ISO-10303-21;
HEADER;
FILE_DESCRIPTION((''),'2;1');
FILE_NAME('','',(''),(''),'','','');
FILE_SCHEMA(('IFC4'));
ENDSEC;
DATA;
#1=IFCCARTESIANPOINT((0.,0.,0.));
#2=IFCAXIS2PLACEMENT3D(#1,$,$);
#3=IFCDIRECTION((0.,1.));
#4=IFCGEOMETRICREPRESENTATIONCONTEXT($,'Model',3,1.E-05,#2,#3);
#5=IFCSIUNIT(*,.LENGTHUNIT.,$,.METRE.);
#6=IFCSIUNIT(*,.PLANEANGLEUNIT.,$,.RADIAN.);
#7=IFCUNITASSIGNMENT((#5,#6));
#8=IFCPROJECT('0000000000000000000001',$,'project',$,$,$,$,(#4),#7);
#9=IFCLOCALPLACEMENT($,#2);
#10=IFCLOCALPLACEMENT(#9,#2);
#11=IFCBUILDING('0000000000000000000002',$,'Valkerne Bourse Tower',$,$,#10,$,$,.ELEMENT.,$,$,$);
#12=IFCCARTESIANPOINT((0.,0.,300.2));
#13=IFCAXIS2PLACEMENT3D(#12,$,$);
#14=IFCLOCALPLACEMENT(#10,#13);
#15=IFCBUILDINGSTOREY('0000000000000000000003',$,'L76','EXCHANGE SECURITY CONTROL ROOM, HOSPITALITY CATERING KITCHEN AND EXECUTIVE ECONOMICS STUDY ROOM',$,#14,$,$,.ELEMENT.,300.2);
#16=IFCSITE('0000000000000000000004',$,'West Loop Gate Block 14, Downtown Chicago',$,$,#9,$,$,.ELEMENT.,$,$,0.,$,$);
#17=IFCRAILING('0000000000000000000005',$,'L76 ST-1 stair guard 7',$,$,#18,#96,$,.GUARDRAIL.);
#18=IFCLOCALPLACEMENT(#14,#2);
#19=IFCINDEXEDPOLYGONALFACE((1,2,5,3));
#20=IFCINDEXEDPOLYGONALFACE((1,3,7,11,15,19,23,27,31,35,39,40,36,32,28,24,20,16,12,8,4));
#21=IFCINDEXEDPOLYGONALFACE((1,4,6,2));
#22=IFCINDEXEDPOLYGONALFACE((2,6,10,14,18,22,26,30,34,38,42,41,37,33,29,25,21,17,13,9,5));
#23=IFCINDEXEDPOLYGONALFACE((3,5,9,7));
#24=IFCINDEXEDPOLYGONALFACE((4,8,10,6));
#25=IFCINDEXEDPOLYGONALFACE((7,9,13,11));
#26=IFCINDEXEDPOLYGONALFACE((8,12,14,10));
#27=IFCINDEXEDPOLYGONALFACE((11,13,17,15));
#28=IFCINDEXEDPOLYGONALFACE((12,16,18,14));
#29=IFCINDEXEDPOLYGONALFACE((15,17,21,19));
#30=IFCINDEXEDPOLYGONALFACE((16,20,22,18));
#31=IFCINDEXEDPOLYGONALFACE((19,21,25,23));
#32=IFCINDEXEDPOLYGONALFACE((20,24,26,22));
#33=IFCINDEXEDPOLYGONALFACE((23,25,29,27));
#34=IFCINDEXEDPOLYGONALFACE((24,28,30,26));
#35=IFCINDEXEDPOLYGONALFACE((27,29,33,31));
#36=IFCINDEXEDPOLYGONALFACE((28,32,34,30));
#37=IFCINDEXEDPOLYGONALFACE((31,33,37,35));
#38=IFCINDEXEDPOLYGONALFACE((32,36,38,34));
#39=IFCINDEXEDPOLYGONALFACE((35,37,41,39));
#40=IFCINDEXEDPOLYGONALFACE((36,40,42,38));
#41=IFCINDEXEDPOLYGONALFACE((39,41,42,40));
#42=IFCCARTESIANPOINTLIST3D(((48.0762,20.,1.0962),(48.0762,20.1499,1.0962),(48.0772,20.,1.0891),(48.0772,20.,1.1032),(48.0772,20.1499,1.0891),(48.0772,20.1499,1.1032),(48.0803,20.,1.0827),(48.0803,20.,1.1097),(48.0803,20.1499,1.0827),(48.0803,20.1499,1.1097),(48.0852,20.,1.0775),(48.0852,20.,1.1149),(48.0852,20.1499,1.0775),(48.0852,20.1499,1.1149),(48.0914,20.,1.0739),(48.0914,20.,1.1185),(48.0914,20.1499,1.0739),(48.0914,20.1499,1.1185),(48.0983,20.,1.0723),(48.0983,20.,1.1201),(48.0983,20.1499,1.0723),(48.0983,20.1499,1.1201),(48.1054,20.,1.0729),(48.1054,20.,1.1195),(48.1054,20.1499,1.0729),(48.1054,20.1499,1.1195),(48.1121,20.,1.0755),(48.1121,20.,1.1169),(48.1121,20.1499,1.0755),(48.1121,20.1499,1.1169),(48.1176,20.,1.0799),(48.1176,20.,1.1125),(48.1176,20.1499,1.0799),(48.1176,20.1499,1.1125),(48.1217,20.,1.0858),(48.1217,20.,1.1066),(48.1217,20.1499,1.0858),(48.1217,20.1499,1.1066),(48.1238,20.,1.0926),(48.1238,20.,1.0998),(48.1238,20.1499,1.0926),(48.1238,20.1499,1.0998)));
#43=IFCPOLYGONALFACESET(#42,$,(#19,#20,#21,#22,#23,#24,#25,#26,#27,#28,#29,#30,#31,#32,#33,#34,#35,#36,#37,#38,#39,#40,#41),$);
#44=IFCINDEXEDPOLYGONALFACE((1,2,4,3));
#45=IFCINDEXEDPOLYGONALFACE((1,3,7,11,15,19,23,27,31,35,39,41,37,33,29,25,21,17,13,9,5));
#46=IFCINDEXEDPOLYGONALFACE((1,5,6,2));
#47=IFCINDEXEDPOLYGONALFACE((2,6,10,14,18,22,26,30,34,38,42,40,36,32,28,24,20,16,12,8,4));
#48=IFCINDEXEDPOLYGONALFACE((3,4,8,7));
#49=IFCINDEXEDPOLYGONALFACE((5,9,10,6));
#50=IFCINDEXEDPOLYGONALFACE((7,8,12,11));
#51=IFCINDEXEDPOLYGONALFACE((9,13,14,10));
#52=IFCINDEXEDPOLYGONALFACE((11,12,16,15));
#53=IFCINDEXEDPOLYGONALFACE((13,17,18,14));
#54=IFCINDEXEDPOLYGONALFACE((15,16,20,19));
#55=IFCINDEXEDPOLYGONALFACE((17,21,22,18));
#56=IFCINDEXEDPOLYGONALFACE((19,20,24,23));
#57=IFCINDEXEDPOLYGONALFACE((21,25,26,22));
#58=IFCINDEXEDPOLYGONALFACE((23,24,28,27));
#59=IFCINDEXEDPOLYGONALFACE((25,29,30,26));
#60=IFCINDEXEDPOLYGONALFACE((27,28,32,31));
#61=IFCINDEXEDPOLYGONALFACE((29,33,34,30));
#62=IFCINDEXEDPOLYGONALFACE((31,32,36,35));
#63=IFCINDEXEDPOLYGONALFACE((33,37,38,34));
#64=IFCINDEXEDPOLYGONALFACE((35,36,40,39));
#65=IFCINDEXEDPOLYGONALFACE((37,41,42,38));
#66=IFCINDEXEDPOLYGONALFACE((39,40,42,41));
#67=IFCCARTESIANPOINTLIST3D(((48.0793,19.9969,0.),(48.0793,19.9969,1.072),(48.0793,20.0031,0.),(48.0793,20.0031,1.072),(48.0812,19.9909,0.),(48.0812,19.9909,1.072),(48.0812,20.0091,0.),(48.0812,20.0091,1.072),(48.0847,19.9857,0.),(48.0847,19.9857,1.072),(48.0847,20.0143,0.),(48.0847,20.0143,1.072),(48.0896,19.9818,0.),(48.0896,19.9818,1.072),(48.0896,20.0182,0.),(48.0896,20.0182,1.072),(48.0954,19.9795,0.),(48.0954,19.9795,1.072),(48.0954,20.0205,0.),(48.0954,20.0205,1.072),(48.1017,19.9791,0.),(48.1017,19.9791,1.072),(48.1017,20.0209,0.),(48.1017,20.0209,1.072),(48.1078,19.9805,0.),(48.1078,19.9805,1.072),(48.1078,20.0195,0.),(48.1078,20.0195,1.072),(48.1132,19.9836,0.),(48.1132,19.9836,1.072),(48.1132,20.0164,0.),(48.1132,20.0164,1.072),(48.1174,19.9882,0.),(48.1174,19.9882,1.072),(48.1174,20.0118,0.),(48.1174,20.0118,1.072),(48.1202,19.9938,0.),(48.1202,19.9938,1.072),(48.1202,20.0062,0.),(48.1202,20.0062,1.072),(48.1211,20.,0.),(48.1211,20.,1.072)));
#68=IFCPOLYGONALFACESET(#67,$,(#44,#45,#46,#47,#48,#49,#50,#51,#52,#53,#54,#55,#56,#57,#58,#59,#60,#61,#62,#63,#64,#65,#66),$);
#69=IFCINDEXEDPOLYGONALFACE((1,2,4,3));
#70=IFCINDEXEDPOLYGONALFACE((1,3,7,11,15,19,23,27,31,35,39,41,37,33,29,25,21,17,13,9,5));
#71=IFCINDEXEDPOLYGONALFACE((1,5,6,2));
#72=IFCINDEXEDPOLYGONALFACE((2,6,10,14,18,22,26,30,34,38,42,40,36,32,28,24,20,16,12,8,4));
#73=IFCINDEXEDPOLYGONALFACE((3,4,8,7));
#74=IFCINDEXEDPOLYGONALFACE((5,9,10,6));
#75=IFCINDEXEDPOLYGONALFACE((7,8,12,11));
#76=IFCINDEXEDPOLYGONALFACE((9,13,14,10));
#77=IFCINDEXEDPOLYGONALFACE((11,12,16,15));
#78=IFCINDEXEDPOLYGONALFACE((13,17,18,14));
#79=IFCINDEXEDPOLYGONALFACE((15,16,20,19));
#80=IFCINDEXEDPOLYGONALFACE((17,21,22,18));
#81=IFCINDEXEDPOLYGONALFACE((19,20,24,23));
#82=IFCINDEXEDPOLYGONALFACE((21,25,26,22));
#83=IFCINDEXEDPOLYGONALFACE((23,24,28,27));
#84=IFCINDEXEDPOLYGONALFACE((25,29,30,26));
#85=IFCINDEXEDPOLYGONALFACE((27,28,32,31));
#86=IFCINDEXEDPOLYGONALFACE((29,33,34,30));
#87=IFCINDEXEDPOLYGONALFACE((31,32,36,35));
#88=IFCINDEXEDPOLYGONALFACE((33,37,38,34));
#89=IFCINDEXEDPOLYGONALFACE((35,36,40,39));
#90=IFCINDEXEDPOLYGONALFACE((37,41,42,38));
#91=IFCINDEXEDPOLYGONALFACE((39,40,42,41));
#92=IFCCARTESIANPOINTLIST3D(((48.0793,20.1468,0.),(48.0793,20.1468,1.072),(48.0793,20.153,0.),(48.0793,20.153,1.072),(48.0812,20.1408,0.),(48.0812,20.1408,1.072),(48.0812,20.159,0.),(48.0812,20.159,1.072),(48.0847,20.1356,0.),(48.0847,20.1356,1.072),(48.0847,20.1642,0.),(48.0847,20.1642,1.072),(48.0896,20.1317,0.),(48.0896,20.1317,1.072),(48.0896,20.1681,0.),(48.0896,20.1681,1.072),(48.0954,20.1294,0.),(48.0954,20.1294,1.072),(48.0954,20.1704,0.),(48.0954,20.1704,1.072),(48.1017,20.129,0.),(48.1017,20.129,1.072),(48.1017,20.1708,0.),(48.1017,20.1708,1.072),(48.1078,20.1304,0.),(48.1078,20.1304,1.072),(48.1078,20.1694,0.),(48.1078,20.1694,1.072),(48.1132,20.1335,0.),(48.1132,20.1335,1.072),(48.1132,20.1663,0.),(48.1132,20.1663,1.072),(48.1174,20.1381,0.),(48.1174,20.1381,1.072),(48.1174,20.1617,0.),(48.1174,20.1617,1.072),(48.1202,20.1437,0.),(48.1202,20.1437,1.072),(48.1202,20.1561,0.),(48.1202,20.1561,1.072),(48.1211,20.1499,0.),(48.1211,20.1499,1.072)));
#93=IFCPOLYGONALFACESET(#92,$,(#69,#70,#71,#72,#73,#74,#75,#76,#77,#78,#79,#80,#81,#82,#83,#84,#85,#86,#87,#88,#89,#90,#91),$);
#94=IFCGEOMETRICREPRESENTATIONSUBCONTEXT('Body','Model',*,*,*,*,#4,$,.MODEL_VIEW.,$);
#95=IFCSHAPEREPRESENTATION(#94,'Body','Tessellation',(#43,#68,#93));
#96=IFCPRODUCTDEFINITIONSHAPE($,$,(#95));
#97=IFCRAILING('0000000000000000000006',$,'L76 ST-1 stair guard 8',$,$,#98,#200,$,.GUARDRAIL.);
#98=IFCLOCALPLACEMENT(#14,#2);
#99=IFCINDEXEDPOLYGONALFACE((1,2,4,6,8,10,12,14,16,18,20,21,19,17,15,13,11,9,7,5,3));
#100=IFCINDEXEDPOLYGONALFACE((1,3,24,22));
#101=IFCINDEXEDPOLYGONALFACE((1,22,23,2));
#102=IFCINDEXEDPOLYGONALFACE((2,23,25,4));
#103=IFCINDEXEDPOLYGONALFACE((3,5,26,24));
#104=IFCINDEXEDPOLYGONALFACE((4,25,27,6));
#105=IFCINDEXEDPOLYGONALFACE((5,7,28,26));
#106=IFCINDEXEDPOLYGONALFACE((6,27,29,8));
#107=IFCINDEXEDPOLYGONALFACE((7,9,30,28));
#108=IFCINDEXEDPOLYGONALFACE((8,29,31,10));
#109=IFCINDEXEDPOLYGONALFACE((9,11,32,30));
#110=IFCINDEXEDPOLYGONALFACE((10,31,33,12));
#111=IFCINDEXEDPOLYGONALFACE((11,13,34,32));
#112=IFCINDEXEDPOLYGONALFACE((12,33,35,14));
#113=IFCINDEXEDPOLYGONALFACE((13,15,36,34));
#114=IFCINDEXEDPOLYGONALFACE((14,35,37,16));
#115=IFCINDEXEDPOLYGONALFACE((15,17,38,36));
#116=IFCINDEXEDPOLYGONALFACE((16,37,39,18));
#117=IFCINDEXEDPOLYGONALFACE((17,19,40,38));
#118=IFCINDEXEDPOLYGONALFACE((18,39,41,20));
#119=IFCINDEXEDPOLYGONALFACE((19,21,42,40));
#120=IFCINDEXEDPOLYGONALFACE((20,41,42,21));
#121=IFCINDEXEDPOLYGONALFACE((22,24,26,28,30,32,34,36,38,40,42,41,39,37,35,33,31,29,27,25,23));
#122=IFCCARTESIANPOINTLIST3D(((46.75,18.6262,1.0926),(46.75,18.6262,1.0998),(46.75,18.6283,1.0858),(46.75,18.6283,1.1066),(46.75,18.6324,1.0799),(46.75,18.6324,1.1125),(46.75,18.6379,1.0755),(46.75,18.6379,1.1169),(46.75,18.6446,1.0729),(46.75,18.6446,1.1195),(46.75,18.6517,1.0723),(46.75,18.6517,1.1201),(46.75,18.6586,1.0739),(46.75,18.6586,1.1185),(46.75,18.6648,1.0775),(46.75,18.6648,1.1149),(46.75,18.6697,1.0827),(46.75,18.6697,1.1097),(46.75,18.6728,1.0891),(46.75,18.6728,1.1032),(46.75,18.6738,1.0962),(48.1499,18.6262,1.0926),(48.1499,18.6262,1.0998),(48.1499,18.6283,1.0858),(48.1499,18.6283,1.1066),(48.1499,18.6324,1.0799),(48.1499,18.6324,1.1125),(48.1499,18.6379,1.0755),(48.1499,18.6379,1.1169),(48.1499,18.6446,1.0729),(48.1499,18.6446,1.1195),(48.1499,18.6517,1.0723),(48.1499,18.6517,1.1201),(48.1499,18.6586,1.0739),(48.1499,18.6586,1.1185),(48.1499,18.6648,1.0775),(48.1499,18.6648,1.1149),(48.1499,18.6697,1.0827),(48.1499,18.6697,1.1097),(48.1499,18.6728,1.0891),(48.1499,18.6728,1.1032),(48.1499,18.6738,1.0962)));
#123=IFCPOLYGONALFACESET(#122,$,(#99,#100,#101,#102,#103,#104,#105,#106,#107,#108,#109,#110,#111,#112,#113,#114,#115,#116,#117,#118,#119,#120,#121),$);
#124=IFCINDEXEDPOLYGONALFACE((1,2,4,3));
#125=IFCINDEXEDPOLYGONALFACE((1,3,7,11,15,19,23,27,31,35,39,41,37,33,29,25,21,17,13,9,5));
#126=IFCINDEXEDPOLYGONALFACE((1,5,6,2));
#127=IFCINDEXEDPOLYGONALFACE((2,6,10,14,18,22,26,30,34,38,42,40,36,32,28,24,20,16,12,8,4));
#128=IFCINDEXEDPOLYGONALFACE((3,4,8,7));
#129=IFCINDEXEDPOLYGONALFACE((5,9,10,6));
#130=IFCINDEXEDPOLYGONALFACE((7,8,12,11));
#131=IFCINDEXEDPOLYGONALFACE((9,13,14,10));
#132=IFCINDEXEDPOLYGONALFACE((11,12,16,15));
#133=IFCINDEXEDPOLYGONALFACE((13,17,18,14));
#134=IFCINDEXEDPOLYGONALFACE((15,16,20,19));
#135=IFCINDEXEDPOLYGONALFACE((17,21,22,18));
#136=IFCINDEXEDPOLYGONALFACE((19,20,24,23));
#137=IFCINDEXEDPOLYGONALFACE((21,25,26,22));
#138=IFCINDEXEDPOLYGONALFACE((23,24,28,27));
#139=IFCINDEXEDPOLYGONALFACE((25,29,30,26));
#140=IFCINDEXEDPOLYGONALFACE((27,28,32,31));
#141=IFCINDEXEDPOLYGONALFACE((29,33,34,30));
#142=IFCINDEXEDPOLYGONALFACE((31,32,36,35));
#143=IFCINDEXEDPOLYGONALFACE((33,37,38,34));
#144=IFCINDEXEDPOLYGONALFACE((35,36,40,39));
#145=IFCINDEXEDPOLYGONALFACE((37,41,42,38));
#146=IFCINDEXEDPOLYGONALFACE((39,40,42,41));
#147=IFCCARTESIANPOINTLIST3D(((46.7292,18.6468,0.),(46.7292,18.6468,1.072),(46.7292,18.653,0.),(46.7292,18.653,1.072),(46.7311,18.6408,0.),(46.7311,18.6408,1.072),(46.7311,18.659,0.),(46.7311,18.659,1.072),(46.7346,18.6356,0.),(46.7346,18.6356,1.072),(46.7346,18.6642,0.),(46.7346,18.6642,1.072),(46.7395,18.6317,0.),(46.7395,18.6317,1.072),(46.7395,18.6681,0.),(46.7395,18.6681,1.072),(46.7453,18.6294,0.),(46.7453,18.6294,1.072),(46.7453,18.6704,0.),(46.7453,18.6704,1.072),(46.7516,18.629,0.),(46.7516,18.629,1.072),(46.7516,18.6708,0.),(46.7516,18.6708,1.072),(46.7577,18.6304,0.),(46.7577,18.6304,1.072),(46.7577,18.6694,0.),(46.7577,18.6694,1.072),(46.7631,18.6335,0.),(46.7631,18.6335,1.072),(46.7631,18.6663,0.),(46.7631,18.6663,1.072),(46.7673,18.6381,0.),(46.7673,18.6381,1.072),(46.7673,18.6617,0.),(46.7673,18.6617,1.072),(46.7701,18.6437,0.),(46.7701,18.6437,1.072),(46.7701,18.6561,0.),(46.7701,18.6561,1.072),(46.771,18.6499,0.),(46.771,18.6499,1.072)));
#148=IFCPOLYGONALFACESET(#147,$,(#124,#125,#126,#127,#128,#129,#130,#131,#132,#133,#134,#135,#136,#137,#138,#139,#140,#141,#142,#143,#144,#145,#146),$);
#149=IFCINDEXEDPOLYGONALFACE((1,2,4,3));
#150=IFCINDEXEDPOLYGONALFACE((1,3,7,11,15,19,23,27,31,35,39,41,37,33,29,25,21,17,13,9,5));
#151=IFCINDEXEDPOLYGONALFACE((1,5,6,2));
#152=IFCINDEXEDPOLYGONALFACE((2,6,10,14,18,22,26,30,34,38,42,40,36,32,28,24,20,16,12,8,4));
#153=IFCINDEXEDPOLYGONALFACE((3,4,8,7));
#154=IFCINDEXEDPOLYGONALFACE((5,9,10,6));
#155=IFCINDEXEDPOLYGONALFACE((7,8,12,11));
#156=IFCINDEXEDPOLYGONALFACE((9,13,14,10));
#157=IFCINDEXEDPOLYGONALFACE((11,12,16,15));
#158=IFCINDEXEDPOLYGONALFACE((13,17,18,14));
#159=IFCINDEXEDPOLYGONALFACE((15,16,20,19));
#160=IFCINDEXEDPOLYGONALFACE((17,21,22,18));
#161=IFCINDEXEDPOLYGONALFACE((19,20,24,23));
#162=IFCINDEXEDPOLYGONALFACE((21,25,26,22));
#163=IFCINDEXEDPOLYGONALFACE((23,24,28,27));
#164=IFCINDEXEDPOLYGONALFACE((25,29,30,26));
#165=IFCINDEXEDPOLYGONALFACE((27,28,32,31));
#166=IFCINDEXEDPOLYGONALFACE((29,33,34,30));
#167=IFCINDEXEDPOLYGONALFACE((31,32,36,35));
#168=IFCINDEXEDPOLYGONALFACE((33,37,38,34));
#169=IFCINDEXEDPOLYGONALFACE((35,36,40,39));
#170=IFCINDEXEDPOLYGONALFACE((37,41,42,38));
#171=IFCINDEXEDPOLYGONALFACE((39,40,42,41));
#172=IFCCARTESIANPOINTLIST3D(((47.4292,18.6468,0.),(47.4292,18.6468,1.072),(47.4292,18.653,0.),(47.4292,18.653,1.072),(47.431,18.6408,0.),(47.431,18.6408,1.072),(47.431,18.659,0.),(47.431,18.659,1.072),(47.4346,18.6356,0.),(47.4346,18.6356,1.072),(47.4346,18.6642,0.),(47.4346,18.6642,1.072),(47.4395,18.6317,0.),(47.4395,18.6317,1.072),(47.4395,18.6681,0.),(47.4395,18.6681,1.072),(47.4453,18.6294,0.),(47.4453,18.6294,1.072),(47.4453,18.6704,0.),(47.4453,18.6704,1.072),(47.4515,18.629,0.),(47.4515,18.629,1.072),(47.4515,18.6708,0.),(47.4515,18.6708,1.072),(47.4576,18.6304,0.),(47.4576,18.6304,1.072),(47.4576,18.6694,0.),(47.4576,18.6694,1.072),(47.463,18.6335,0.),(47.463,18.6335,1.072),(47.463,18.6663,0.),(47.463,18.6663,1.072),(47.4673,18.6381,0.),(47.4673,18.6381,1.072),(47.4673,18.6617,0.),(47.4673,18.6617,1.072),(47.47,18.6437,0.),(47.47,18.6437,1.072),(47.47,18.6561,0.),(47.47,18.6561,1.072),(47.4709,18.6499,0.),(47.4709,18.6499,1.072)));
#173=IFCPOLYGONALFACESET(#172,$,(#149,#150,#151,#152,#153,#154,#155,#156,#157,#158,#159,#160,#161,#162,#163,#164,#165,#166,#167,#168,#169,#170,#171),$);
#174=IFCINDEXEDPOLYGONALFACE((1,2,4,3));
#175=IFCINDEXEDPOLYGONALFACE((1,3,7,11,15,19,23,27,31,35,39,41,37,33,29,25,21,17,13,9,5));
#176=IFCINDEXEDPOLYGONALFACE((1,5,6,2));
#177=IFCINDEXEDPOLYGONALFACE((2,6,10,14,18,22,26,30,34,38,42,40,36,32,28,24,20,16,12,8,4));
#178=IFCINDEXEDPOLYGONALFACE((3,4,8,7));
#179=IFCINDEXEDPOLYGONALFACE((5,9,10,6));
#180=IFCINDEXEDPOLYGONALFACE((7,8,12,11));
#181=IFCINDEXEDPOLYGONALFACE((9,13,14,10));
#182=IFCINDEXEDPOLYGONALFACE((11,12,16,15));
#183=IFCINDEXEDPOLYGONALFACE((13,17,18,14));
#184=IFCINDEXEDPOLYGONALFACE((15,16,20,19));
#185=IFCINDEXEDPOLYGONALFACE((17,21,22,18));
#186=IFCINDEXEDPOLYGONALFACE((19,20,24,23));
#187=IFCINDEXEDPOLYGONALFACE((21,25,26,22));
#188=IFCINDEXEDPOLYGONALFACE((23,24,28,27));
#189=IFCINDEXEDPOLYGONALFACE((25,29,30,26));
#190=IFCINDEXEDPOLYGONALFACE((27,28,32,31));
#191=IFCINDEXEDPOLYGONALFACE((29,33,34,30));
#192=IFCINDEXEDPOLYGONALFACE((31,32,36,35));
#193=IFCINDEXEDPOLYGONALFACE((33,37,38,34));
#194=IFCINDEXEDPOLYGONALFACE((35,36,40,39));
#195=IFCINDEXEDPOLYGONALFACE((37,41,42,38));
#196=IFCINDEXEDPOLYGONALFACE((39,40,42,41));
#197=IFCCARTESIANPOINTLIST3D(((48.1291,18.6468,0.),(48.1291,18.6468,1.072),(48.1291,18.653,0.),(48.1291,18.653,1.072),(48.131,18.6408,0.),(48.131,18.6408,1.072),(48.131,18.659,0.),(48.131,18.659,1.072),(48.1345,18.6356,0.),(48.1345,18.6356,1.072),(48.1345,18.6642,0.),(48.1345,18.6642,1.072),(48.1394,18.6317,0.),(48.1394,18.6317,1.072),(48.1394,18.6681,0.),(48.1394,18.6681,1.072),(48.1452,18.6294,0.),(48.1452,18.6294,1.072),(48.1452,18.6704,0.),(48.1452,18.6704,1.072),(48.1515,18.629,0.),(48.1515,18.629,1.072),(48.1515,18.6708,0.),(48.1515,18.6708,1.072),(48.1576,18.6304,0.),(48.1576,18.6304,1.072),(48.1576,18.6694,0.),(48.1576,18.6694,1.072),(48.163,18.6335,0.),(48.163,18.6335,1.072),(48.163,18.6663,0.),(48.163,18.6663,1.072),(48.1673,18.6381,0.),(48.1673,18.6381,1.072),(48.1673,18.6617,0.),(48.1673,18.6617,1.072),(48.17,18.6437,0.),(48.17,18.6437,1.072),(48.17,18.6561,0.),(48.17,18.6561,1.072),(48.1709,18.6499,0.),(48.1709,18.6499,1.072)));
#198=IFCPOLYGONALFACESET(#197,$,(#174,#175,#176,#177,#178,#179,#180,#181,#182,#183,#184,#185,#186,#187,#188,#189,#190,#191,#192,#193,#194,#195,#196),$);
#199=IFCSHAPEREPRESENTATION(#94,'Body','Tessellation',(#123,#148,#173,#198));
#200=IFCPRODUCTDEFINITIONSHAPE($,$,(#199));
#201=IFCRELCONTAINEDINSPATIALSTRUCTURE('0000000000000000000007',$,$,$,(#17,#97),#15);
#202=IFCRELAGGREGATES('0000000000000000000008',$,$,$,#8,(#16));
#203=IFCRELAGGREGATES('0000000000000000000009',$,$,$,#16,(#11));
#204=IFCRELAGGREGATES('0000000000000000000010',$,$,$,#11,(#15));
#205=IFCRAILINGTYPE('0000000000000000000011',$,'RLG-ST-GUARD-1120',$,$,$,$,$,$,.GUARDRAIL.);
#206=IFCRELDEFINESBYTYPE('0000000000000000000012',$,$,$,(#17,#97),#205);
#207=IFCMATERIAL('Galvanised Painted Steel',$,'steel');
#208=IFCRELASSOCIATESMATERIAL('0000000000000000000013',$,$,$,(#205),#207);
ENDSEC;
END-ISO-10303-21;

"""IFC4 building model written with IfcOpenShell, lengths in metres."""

from ifc_helpers import new_model, si_unit, direction, frame, origin, origin_2d, place, context, subcontext, project, spatial, circle, extrude, material, type_object, element, save


model = new_model("IFC4")

# Units and contexts
model_context = context("Model", 3, precision=1e-05, world=origin(), true_north=direction((0.0, 1.0)))
body_context = subcontext(model_context, "Body", "Model", "MODEL_VIEW")
ifc_project = project(units=[si_unit("LENGTHUNIT", "METRE"), si_unit("PLANEANGLEUNIT", "RADIAN")], contexts=[model_context])

# Site, building, storey
site_placement = place(None, origin())
site = spatial("IfcSite", under=ifc_project, at=site_placement, Name="West Loop Gate Block 14, Downtown Chicago", CompositionType="ELEMENT", RefElevation=0.0)
building_placement = place(site_placement, origin())
building = spatial("IfcBuilding", under=site, at=building_placement, Name="Valkerne Bourse Tower", CompositionType="ELEMENT")
storey_placement = place(building_placement, frame((0.0, 0.0, 300.2)))
storey = spatial("IfcBuildingStorey", under=building, at=storey_placement, Name="L76", Description="EXCHANGE SECURITY CONTROL ROOM, HOSPITALITY CATERING KITCHEN AND EXECUTIVE ECONOMICS STUDY ROOM", CompositionType="ELEMENT", Elevation=300.2)

# Shared definitions
ifc_material_1 = material(Name="Galvanised Painted Steel", Category="steel")

# Railings
railing_type_1 = type_object("IfcRailingType", Name="RLG-ST-GUARD-1120", PredefinedType="GUARDRAIL", material=ifc_material_1)
railing_1_placement = place(storey_placement, frame((48.1001, 20.0, 0.0)))
element("IfcRailing", 1, at=railing_1_placement, inside=storey, type_object=railing_type_1, Name="L76 ST-1 stair guard 7", PredefinedType="GUARDRAIL", context=body_context, shape_type="SweptSolid", body=[
    extrude(circle(Radius=0.0239, at=origin_2d()), frame((0.0, 0.0, 1.0962), z_axis=(0.0, 1.0, 0.0), x_axis=(-1.0, 0.0, 0.0)), (0.0, 0.0, 1.0), 0.1499),
    extrude(circle(Radius=0.021, at=origin_2d()), origin(), (0.0, 0.0, 1.0), 1.072),
    extrude(circle(Radius=0.021, at=origin_2d()), frame((0.0, 0.1499, 0.0)), (0.0, 0.0, 1.0), 1.072),
])
for number, where, name in (
    (2, (46.75, 18.6499, 0.0), "L76 ST-1 stair guard 8"),
):
    element("IfcRailing", number, at=place(storey_placement, frame(where)), inside=storey, type_object=railing_type_1, Name=name, PredefinedType="GUARDRAIL", context=body_context, shape_type="SweptSolid", body=[
        extrude(circle(Radius=0.0239, at=origin_2d()), frame((0.0, 0.0, 1.0962), z_axis=(1.0, 0.0, 0.0), x_axis=(0.0, 1.0, 0.0)), (0.0, 0.0, 1.0), 1.3999),
        extrude(circle(Radius=0.021, at=origin_2d()), origin(), (0.0, 0.0, 1.0), 1.072),
        extrude(circle(Radius=0.021, at=origin_2d()), frame((0.7, 0.0, 0.0)), (0.0, 0.0, 1.0), 1.072),
        extrude(circle(Radius=0.021, at=origin_2d()), frame((1.3999, 0.0, 0.0)), (0.0, 0.0, 1.0), 1.072),
    ])

save(model, "model.ifc")
